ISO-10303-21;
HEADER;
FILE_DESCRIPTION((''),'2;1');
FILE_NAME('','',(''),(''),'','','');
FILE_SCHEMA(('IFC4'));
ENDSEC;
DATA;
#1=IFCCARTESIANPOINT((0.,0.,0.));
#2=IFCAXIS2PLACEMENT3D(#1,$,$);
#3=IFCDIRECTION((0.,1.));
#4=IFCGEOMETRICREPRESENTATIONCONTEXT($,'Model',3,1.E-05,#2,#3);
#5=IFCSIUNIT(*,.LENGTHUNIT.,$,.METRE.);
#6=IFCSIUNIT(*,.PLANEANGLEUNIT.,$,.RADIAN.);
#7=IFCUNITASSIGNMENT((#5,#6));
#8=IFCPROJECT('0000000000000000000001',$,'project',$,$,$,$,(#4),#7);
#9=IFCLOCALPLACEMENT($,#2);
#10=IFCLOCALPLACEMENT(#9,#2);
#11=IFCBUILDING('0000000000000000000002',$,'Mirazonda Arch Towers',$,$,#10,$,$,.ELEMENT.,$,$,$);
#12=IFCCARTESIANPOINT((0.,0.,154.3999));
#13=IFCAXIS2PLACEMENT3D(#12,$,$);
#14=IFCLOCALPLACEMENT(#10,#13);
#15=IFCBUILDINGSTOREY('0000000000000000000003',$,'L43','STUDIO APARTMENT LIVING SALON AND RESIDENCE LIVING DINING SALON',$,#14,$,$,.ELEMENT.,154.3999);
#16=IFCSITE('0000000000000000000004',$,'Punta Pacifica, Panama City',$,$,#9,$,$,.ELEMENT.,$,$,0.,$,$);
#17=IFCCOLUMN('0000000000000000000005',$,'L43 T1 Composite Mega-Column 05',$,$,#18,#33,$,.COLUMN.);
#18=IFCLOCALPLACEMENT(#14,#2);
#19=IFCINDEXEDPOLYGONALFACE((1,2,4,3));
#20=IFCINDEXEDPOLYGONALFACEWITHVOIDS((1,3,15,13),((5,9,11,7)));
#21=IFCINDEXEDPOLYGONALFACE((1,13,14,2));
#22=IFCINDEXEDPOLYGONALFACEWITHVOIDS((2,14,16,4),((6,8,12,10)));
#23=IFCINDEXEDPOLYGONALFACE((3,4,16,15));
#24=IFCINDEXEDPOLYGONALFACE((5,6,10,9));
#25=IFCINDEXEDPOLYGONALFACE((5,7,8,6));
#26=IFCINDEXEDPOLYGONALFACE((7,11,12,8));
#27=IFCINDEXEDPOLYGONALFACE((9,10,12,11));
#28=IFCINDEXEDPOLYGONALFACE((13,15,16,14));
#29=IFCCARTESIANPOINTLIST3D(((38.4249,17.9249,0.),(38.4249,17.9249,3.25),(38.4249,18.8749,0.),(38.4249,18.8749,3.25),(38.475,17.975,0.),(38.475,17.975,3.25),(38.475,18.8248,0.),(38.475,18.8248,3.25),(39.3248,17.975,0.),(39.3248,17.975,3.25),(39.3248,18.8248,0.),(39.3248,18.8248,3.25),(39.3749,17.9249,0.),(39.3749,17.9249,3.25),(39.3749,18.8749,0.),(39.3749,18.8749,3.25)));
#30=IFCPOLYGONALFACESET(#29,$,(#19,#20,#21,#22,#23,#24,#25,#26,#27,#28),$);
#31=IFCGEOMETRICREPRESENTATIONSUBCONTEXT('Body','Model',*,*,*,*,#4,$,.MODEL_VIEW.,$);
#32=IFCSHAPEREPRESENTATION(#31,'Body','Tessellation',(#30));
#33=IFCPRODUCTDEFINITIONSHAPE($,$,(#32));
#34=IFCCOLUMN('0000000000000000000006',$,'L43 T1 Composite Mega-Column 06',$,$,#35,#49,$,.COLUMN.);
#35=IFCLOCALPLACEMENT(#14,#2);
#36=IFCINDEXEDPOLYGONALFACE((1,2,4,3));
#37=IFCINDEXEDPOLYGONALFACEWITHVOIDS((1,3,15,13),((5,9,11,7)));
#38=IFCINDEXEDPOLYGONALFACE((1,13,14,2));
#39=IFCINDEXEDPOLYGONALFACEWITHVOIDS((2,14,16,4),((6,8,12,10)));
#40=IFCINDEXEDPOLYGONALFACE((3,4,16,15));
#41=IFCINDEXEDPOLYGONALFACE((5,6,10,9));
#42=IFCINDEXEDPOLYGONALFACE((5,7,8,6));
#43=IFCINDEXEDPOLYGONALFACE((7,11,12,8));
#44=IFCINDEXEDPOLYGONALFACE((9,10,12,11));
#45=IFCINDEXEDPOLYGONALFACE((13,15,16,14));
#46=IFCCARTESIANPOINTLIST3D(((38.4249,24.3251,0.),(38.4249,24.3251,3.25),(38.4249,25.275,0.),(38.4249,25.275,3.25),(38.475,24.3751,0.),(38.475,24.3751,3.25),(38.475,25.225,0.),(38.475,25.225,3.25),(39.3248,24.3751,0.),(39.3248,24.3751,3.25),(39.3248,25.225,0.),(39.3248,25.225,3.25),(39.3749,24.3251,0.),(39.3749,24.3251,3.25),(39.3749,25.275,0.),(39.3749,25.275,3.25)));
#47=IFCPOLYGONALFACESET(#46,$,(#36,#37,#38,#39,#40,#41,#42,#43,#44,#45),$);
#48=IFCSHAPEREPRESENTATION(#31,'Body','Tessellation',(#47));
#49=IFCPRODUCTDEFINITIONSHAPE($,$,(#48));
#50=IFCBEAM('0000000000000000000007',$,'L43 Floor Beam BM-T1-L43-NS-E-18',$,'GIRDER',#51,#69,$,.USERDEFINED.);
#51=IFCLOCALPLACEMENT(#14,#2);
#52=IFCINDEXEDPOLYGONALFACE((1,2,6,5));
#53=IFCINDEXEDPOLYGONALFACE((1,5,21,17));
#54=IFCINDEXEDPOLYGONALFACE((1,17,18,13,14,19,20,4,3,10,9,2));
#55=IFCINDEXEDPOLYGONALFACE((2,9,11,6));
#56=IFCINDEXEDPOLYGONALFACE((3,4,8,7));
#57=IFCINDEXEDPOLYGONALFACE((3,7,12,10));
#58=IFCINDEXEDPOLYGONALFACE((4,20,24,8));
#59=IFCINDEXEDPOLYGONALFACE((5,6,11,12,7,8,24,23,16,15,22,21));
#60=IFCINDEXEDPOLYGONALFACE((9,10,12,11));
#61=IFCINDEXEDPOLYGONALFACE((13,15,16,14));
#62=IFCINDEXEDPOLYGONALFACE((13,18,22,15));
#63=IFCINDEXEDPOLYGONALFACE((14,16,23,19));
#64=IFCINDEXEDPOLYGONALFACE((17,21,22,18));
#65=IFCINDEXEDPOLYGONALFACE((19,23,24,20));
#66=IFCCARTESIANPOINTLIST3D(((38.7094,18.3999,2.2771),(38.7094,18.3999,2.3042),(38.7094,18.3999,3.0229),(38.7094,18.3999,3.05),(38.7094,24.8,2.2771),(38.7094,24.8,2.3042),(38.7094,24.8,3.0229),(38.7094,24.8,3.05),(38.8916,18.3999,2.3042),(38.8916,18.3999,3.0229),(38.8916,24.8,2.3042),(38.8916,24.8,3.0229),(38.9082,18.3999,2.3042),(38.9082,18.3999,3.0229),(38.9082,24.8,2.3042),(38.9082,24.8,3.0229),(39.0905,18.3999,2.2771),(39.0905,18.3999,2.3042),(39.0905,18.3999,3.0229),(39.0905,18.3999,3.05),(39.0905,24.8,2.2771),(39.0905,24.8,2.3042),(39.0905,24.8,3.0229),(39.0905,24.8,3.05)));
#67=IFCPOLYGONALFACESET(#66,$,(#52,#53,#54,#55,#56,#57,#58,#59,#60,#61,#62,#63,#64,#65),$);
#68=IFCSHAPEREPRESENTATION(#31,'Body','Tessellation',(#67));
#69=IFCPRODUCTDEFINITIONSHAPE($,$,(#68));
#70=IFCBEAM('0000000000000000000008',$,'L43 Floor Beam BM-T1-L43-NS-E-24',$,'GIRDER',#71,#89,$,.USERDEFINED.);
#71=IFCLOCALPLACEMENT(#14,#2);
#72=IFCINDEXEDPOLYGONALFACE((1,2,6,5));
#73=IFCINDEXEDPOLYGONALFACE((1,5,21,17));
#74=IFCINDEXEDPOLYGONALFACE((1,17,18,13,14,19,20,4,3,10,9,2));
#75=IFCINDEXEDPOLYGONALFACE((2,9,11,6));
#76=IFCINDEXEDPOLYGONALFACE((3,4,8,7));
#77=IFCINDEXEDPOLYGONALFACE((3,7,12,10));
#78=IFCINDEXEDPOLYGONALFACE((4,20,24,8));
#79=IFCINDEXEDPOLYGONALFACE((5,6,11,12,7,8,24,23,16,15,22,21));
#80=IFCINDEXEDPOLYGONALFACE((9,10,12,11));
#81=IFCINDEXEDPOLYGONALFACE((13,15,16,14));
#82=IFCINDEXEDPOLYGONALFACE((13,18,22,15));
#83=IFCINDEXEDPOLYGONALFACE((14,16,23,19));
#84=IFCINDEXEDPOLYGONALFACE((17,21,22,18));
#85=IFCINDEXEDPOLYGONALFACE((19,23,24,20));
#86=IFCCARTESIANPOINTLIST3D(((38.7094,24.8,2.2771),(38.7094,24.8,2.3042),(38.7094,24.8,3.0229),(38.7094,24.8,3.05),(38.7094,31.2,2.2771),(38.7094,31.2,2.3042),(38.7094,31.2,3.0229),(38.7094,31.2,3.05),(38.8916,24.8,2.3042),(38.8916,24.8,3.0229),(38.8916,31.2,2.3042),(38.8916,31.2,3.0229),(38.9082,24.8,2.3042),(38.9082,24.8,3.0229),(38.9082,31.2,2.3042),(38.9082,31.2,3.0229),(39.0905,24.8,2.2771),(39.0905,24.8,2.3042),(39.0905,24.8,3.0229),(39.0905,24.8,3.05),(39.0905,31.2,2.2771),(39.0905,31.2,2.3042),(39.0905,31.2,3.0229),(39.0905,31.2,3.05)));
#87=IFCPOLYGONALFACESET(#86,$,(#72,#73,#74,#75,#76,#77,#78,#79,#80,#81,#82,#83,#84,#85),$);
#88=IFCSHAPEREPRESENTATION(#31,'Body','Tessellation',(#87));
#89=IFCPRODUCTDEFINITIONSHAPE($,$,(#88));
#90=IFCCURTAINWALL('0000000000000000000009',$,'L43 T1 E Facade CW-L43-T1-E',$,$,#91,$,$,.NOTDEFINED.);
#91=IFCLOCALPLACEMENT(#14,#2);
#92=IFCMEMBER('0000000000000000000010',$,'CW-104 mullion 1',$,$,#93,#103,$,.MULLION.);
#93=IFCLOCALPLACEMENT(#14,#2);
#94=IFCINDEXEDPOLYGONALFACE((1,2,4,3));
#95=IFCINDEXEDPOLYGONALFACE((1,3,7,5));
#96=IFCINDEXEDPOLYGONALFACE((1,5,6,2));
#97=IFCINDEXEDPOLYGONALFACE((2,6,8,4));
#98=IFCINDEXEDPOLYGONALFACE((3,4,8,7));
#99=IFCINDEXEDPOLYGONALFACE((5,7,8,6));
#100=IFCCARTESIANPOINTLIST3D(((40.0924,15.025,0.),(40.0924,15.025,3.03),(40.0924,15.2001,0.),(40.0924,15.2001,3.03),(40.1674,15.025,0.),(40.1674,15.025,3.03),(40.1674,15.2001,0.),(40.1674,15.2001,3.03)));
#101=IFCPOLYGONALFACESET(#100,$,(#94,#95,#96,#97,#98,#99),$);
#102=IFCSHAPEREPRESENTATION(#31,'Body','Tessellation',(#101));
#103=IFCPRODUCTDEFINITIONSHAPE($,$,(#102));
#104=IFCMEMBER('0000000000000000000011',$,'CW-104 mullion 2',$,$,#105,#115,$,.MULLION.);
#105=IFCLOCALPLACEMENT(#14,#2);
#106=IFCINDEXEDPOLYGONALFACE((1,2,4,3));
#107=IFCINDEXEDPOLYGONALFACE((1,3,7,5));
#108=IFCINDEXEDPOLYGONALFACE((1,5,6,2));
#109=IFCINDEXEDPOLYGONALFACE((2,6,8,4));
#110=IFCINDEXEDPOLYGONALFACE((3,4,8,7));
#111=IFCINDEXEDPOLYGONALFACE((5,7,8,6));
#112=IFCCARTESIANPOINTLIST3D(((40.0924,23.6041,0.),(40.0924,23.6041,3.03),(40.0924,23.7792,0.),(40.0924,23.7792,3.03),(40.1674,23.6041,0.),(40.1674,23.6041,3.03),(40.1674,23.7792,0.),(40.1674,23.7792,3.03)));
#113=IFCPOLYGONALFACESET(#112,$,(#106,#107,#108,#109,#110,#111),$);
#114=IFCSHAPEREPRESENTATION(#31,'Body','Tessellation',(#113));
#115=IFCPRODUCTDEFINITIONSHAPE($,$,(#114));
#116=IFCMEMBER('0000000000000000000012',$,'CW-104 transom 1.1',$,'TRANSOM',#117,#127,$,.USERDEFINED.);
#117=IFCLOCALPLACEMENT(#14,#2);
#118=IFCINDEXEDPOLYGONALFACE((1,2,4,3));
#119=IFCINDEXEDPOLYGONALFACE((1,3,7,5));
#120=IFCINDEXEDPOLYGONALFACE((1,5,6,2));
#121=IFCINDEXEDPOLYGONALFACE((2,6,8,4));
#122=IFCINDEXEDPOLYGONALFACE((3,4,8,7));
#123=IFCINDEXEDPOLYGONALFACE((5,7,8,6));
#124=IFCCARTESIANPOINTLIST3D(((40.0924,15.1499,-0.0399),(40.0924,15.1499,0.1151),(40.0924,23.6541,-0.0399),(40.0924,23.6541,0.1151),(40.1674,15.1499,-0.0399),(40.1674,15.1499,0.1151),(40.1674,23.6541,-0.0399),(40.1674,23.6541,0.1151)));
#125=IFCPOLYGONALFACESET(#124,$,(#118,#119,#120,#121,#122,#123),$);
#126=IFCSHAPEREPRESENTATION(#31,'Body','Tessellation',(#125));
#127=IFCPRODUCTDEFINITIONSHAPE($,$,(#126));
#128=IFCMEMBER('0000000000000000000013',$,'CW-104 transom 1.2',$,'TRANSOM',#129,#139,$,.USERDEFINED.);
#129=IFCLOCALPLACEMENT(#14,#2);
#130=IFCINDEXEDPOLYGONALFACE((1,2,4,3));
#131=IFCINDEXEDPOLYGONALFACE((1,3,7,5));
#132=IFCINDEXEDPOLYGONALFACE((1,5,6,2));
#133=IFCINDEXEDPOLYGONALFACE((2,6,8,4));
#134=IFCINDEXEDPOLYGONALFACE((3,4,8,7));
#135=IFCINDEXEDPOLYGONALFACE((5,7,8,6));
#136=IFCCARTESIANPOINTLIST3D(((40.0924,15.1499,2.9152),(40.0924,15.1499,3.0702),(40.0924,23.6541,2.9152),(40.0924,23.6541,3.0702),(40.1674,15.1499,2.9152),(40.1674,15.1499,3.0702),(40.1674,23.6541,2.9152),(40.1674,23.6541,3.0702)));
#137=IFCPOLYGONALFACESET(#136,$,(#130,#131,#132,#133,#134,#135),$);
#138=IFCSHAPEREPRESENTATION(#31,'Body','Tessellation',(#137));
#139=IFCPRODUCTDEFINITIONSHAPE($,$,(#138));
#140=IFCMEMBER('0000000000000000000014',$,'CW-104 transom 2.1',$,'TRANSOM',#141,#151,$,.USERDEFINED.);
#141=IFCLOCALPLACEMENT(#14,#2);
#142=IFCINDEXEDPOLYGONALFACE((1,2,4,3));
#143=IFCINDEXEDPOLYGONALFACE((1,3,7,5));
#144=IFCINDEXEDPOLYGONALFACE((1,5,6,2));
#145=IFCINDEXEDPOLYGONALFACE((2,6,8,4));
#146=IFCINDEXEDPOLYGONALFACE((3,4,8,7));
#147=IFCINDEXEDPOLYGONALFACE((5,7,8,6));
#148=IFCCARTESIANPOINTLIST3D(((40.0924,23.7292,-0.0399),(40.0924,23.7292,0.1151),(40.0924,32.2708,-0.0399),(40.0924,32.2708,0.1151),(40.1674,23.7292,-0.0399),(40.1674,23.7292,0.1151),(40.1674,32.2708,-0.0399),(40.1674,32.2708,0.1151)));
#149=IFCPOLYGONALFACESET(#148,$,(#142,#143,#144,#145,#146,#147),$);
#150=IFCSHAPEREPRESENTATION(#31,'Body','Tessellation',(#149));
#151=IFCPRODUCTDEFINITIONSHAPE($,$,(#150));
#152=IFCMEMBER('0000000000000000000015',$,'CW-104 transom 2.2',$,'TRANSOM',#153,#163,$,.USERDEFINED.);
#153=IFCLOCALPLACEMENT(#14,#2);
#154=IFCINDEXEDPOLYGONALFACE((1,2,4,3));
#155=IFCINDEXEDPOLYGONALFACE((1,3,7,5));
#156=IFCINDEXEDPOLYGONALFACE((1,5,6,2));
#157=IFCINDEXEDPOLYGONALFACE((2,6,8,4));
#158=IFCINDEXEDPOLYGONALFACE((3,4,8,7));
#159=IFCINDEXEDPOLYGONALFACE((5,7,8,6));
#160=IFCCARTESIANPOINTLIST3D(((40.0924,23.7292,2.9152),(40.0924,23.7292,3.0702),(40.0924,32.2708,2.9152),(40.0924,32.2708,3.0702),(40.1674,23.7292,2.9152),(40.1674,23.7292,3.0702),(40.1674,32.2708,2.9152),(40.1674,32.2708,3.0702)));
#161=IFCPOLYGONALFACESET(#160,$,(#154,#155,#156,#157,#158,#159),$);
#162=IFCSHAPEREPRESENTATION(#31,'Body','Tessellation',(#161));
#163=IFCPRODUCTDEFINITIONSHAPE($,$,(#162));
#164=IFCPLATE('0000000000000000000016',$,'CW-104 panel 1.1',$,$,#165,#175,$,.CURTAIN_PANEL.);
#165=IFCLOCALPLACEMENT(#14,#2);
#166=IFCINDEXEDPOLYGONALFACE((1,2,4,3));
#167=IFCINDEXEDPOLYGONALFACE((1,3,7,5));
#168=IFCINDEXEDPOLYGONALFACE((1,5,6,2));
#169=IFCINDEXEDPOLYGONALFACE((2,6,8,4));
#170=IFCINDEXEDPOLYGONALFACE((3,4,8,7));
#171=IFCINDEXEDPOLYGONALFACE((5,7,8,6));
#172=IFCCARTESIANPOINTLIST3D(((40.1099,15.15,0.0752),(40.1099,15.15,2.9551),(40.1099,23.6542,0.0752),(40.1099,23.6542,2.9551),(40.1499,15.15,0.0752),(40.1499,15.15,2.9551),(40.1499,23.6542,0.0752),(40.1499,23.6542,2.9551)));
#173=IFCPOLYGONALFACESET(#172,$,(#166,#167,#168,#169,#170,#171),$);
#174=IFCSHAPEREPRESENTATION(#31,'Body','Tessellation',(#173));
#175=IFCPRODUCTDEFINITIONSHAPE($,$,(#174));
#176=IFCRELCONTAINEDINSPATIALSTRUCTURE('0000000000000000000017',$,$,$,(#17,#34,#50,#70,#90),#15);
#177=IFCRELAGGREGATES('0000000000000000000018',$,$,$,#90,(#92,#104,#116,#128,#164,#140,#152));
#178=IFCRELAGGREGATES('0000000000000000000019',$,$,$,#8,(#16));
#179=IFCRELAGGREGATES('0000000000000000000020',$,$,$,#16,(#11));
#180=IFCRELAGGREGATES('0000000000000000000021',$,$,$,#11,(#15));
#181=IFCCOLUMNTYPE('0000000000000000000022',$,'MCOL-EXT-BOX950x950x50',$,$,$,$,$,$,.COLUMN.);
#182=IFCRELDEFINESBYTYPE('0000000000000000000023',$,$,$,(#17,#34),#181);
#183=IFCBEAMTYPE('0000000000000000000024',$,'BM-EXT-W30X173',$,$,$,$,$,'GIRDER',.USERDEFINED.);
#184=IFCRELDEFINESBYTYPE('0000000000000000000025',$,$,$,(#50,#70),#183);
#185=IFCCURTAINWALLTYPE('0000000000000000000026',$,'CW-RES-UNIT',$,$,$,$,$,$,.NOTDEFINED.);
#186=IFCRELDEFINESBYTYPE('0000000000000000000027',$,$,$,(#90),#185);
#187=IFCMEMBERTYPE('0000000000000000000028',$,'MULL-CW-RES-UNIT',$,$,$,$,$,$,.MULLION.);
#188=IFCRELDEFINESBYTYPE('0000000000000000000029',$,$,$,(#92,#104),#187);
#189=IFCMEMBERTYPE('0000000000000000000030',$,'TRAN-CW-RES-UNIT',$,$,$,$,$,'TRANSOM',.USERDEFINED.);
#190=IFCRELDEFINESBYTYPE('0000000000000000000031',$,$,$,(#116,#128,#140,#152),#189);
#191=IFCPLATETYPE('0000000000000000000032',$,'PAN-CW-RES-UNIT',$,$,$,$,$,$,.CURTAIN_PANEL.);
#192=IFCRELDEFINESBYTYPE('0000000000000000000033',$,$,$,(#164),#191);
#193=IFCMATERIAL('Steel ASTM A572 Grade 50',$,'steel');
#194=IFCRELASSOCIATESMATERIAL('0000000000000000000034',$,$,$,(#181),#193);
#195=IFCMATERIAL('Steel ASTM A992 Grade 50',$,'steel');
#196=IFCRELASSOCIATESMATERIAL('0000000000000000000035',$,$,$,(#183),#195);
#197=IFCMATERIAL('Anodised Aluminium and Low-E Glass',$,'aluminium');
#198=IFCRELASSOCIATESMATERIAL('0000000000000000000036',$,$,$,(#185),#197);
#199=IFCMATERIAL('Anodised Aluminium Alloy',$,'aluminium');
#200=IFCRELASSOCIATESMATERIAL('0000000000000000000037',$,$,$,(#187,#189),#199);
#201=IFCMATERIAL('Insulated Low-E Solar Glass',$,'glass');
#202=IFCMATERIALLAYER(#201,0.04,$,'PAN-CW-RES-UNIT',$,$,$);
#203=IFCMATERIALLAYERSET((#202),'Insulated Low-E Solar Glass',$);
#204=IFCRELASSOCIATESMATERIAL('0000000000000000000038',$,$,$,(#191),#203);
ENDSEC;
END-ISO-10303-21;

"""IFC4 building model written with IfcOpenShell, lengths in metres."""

from ifc_helpers import new_model, si_unit, direction, frame, origin, origin_2d, place, context, subcontext, project, spatial, rectangle, hollow_rectangle, i_section, extrude, material, layer, layer_set, material_profile, profile_set, type_object, element, aggregate, save


model = new_model("IFC4")

# Units and contexts
model_context = context("Model", 3, precision=1e-05, world=origin(), true_north=direction((0.0, 1.0)))
body_context = subcontext(model_context, "Body", "Model", "MODEL_VIEW")
ifc_project = project(units=[si_unit("LENGTHUNIT", "METRE"), si_unit("PLANEANGLEUNIT", "RADIAN")], contexts=[model_context])

# Site, building, storey
site_placement = place(None, origin())
site = spatial("IfcSite", under=ifc_project, at=site_placement, Name="Punta Pacifica, Panama City", CompositionType="ELEMENT", RefElevation=0.0)
building_placement = place(site_placement, origin())
building = spatial("IfcBuilding", under=site, at=building_placement, Name="Mirazonda Arch Towers", CompositionType="ELEMENT")
storey_placement = place(building_placement, frame((0.0, 0.0, 154.3999)))
storey = spatial("IfcBuildingStorey", under=building, at=storey_placement, Name="L43", Description="STUDIO APARTMENT LIVING SALON AND RESIDENCE LIVING DINING SALON", CompositionType="ELEMENT", Elevation=154.3999)

# Columns
ifc_material_1 = material(Name="Steel ASTM A572 Grade 50", Category="steel")
ifc_material_profile_1 = material_profile(ifc_material_1, hollow_rectangle(XDim=0.95, YDim=0.95, WallThickness=0.05, at=origin_2d()), Name="BOX950x950x50")
ifc_profile_set_1 = profile_set([ifc_material_profile_1], Name="Steel ASTM A572 Grade 50")
column_type = type_object("IfcColumnType", Name="MCOL-EXT-BOX950x950x50", PredefinedType="COLUMN", material=ifc_profile_set_1)
for number, where, z_axis, x_axis, name in (
    (1, (38.8999, 18.3999, 0.0), (0.0, 0.0, 1.0), (1.0, 0.0, 0.0), "L43 T1 Composite Mega-Column 05"),
    (2, (38.8999, 24.8, 0.0), (0.0, 0.0, 1.0), (1.0, 0.0, 0.0), "L43 T1 Composite Mega-Column 06"),
):
    element("IfcColumn", number, at=place(storey_placement, frame(where, z_axis=z_axis, x_axis=x_axis)), inside=storey, type_object=column_type, Name=name, PredefinedType="COLUMN", context=body_context, shape_type="SweptSolid", body=[
        extrude(hollow_rectangle(XDim=0.95, YDim=0.95, WallThickness=0.05, at=origin_2d()), origin(), (0.0, 0.0, 1.0), 3.25),
    ])

# Beams
ifc_material_2 = material(Name="Steel ASTM A992 Grade 50", Category="steel")
ifc_material_profile_2 = material_profile(ifc_material_2, i_section(OverallWidth=0.3811, OverallDepth=0.7729, WebThickness=0.0166, FlangeThickness=0.0271, at=origin_2d()), Name="W30X173")
ifc_profile_set_2 = profile_set([ifc_material_profile_2], Name="Steel ASTM A992 Grade 50")
beam_type = type_object("IfcBeamType", Name="BM-EXT-W30X173", ElementType="GIRDER", PredefinedType="USERDEFINED", material=ifc_profile_set_2)
beam_1_placement = place(storey_placement, frame((38.8999, 18.3999, 2.6636), z_axis=(0.0, 1.0, 0.0), x_axis=(-1.0, 0.0, 0.0)))
element("IfcBeam", 3, at=beam_1_placement, inside=storey, type_object=beam_type, Name="L43 Floor Beam BM-T1-L43-NS-E-18", ObjectType="GIRDER", PredefinedType="USERDEFINED", context=body_context, shape_type="SweptSolid", body=[
    extrude(i_section(OverallWidth=0.3811, OverallDepth=0.7729, WebThickness=0.0166, FlangeThickness=0.0271, at=origin_2d()), origin(), (0.0, 0.0, 1.0), 6.4001),
])
beam_2_placement = place(storey_placement, frame((38.8999, 24.8, 2.6636), z_axis=(0.0, 1.0, 0.0), x_axis=(-1.0, 0.0, 0.0)))
element("IfcBeam", 4, at=beam_2_placement, inside=storey, type_object=beam_type, Name="L43 Floor Beam BM-T1-L43-NS-E-24", ObjectType="GIRDER", PredefinedType="USERDEFINED", context=body_context, shape_type="SweptSolid", body=[
    extrude(i_section(OverallWidth=0.3811, OverallDepth=0.7729, WebThickness=0.0166, FlangeThickness=0.0271, at=origin_2d()), origin(), (0.0, 0.0, 1.0), 6.3999),
])

# Curtain wall, members, plate
ifc_material_3 = material(Name="Anodised Aluminium and Low-E Glass", Category="aluminium")
curtain_wall_type = type_object("IfcCurtainWallType", Name="CW-RES-UNIT", PredefinedType="NOTDEFINED", material=ifc_material_3)
curtain_wall_placement = place(storey_placement, origin())
curtain_wall = element("IfcCurtainWall", 5, at=curtain_wall_placement, inside=storey, type_object=curtain_wall_type, Name="L43 T1 E Facade CW-L43-T1-E", PredefinedType="NOTDEFINED")
ifc_material_4 = material(Name="Anodised Aluminium Alloy", Category="aluminium")
ifc_material_profile_3 = material_profile(ifc_material_4, rectangle(XDim=0.075, YDim=0.175, at=origin_2d()), Name="ALU-MULL-75x175")
ifc_profile_set_3 = profile_set([ifc_material_profile_3], Name="Anodised Aluminium Alloy")
member_type_1 = type_object("IfcMemberType", Name="MULL-CW-RES-UNIT", PredefinedType="MULLION", material=ifc_profile_set_3)
member_1_placement = place(storey_placement, frame((40.1299, 15.1125, 0.0), z_axis=(0.0, 0.0, 1.0), x_axis=(-1.0, 0.0, 0.0)))
member_1 = element("IfcMember", 6, at=member_1_placement, type_object=member_type_1, Name="CW-104 mullion 1", PredefinedType="MULLION", context=body_context, shape_type="SweptSolid", body=[
    extrude(rectangle(XDim=0.075, YDim=0.175, at=origin_2d()), origin(), (0.0, 0.0, 1.0), 3.03),
])
member_2_placement = place(storey_placement, frame((40.1299, 23.6917, 0.0), z_axis=(0.0, 0.0, 1.0), x_axis=(-1.0, 0.0, 0.0)))
member_2 = element("IfcMember", 7, at=member_2_placement, type_object=member_type_1, Name="CW-104 mullion 2", PredefinedType="MULLION", context=body_context, shape_type="SweptSolid", body=[
    extrude(rectangle(XDim=0.075, YDim=0.175, at=origin_2d()), origin(), (0.0, 0.0, 1.0), 3.03),
])
ifc_material_profile_4 = material_profile(ifc_material_4, rectangle(XDim=0.075, YDim=0.155, at=origin_2d()), Name="ALU-TRAN-75x155")
ifc_profile_set_4 = profile_set([ifc_material_profile_4], Name="Anodised Aluminium Alloy")
member_type_2 = type_object("IfcMemberType", Name="TRAN-CW-RES-UNIT", ElementType="TRANSOM", PredefinedType="USERDEFINED", material=ifc_profile_set_4)
member_3_placement = place(storey_placement, frame((40.1299, 15.1499, 0.0376), z_axis=(0.0, 1.0, 0.0), x_axis=(-1.0, 0.0, 0.0)))
member_3 = element("IfcMember", 8, at=member_3_placement, type_object=member_type_2, Name="CW-104 transom 1.1", ObjectType="TRANSOM", PredefinedType="USERDEFINED", context=body_context, shape_type="SweptSolid", body=[
    extrude(rectangle(XDim=0.075, YDim=0.155, at=origin_2d()), origin(), (0.0, 0.0, 1.0), 8.5042),
])
member_4_placement = place(storey_placement, frame((40.1299, 15.1499, 2.9927), z_axis=(0.0, 1.0, 0.0), x_axis=(-1.0, 0.0, 0.0)))
member_4 = element("IfcMember", 9, at=member_4_placement, type_object=member_type_2, Name="CW-104 transom 1.2", ObjectType="TRANSOM", PredefinedType="USERDEFINED", context=body_context, shape_type="SweptSolid", body=[
    extrude(rectangle(XDim=0.075, YDim=0.155, at=origin_2d()), origin(), (0.0, 0.0, 1.0), 8.5042),
])
member_5_placement = place(storey_placement, frame((40.1299, 23.7292, 0.0376), z_axis=(0.0, 1.0, 0.0), x_axis=(-1.0, 0.0, 0.0)))
member_5 = element("IfcMember", 10, at=member_5_placement, type_object=member_type_2, Name="CW-104 transom 2.1", ObjectType="TRANSOM", PredefinedType="USERDEFINED", context=body_context, shape_type="SweptSolid", body=[
    extrude(rectangle(XDim=0.075, YDim=0.155, at=origin_2d()), origin(), (0.0, 0.0, 1.0), 8.5415),
])
member_6_placement = place(storey_placement, frame((40.1299, 23.7292, 2.9927), z_axis=(0.0, 1.0, 0.0), x_axis=(-1.0, 0.0, 0.0)))
member_6 = element("IfcMember", 11, at=member_6_placement, type_object=member_type_2, Name="CW-104 transom 2.2", ObjectType="TRANSOM", PredefinedType="USERDEFINED", context=body_context, shape_type="SweptSolid", body=[
    extrude(rectangle(XDim=0.075, YDim=0.155, at=origin_2d()), origin(), (0.0, 0.0, 1.0), 8.5415),
])
ifc_material_5 = material(Name="Insulated Low-E Solar Glass", Category="glass")
ifc_layer_1 = layer(ifc_material_5, 0.04, Name="PAN-CW-RES-UNIT")
ifc_layer_set_1 = layer_set([ifc_layer_1], Name="Insulated Low-E Solar Glass")
plate_type = type_object("IfcPlateType", Name="PAN-CW-RES-UNIT", PredefinedType="CURTAIN_PANEL", material=ifc_layer_set_1)
plate_placement = place(storey_placement, frame((40.1299, 19.4021, 0.0752), z_axis=(0.0, 0.0, 1.0), x_axis=(0.0, 1.0, 0.0)))
plate = element("IfcPlate", 12, at=plate_placement, type_object=plate_type, Name="CW-104 panel 1.1", PredefinedType="CURTAIN_PANEL", context=body_context, shape_type="SweptSolid", body=[
    extrude(rectangle(XDim=8.5042, YDim=0.04, at=origin_2d()), origin(), (0.0, 0.0, 1.0), 2.8799),
])
aggregate(curtain_wall, [member_1, member_2, member_3, member_4, plate, member_5, member_6])

save(model, "model.ifc")
